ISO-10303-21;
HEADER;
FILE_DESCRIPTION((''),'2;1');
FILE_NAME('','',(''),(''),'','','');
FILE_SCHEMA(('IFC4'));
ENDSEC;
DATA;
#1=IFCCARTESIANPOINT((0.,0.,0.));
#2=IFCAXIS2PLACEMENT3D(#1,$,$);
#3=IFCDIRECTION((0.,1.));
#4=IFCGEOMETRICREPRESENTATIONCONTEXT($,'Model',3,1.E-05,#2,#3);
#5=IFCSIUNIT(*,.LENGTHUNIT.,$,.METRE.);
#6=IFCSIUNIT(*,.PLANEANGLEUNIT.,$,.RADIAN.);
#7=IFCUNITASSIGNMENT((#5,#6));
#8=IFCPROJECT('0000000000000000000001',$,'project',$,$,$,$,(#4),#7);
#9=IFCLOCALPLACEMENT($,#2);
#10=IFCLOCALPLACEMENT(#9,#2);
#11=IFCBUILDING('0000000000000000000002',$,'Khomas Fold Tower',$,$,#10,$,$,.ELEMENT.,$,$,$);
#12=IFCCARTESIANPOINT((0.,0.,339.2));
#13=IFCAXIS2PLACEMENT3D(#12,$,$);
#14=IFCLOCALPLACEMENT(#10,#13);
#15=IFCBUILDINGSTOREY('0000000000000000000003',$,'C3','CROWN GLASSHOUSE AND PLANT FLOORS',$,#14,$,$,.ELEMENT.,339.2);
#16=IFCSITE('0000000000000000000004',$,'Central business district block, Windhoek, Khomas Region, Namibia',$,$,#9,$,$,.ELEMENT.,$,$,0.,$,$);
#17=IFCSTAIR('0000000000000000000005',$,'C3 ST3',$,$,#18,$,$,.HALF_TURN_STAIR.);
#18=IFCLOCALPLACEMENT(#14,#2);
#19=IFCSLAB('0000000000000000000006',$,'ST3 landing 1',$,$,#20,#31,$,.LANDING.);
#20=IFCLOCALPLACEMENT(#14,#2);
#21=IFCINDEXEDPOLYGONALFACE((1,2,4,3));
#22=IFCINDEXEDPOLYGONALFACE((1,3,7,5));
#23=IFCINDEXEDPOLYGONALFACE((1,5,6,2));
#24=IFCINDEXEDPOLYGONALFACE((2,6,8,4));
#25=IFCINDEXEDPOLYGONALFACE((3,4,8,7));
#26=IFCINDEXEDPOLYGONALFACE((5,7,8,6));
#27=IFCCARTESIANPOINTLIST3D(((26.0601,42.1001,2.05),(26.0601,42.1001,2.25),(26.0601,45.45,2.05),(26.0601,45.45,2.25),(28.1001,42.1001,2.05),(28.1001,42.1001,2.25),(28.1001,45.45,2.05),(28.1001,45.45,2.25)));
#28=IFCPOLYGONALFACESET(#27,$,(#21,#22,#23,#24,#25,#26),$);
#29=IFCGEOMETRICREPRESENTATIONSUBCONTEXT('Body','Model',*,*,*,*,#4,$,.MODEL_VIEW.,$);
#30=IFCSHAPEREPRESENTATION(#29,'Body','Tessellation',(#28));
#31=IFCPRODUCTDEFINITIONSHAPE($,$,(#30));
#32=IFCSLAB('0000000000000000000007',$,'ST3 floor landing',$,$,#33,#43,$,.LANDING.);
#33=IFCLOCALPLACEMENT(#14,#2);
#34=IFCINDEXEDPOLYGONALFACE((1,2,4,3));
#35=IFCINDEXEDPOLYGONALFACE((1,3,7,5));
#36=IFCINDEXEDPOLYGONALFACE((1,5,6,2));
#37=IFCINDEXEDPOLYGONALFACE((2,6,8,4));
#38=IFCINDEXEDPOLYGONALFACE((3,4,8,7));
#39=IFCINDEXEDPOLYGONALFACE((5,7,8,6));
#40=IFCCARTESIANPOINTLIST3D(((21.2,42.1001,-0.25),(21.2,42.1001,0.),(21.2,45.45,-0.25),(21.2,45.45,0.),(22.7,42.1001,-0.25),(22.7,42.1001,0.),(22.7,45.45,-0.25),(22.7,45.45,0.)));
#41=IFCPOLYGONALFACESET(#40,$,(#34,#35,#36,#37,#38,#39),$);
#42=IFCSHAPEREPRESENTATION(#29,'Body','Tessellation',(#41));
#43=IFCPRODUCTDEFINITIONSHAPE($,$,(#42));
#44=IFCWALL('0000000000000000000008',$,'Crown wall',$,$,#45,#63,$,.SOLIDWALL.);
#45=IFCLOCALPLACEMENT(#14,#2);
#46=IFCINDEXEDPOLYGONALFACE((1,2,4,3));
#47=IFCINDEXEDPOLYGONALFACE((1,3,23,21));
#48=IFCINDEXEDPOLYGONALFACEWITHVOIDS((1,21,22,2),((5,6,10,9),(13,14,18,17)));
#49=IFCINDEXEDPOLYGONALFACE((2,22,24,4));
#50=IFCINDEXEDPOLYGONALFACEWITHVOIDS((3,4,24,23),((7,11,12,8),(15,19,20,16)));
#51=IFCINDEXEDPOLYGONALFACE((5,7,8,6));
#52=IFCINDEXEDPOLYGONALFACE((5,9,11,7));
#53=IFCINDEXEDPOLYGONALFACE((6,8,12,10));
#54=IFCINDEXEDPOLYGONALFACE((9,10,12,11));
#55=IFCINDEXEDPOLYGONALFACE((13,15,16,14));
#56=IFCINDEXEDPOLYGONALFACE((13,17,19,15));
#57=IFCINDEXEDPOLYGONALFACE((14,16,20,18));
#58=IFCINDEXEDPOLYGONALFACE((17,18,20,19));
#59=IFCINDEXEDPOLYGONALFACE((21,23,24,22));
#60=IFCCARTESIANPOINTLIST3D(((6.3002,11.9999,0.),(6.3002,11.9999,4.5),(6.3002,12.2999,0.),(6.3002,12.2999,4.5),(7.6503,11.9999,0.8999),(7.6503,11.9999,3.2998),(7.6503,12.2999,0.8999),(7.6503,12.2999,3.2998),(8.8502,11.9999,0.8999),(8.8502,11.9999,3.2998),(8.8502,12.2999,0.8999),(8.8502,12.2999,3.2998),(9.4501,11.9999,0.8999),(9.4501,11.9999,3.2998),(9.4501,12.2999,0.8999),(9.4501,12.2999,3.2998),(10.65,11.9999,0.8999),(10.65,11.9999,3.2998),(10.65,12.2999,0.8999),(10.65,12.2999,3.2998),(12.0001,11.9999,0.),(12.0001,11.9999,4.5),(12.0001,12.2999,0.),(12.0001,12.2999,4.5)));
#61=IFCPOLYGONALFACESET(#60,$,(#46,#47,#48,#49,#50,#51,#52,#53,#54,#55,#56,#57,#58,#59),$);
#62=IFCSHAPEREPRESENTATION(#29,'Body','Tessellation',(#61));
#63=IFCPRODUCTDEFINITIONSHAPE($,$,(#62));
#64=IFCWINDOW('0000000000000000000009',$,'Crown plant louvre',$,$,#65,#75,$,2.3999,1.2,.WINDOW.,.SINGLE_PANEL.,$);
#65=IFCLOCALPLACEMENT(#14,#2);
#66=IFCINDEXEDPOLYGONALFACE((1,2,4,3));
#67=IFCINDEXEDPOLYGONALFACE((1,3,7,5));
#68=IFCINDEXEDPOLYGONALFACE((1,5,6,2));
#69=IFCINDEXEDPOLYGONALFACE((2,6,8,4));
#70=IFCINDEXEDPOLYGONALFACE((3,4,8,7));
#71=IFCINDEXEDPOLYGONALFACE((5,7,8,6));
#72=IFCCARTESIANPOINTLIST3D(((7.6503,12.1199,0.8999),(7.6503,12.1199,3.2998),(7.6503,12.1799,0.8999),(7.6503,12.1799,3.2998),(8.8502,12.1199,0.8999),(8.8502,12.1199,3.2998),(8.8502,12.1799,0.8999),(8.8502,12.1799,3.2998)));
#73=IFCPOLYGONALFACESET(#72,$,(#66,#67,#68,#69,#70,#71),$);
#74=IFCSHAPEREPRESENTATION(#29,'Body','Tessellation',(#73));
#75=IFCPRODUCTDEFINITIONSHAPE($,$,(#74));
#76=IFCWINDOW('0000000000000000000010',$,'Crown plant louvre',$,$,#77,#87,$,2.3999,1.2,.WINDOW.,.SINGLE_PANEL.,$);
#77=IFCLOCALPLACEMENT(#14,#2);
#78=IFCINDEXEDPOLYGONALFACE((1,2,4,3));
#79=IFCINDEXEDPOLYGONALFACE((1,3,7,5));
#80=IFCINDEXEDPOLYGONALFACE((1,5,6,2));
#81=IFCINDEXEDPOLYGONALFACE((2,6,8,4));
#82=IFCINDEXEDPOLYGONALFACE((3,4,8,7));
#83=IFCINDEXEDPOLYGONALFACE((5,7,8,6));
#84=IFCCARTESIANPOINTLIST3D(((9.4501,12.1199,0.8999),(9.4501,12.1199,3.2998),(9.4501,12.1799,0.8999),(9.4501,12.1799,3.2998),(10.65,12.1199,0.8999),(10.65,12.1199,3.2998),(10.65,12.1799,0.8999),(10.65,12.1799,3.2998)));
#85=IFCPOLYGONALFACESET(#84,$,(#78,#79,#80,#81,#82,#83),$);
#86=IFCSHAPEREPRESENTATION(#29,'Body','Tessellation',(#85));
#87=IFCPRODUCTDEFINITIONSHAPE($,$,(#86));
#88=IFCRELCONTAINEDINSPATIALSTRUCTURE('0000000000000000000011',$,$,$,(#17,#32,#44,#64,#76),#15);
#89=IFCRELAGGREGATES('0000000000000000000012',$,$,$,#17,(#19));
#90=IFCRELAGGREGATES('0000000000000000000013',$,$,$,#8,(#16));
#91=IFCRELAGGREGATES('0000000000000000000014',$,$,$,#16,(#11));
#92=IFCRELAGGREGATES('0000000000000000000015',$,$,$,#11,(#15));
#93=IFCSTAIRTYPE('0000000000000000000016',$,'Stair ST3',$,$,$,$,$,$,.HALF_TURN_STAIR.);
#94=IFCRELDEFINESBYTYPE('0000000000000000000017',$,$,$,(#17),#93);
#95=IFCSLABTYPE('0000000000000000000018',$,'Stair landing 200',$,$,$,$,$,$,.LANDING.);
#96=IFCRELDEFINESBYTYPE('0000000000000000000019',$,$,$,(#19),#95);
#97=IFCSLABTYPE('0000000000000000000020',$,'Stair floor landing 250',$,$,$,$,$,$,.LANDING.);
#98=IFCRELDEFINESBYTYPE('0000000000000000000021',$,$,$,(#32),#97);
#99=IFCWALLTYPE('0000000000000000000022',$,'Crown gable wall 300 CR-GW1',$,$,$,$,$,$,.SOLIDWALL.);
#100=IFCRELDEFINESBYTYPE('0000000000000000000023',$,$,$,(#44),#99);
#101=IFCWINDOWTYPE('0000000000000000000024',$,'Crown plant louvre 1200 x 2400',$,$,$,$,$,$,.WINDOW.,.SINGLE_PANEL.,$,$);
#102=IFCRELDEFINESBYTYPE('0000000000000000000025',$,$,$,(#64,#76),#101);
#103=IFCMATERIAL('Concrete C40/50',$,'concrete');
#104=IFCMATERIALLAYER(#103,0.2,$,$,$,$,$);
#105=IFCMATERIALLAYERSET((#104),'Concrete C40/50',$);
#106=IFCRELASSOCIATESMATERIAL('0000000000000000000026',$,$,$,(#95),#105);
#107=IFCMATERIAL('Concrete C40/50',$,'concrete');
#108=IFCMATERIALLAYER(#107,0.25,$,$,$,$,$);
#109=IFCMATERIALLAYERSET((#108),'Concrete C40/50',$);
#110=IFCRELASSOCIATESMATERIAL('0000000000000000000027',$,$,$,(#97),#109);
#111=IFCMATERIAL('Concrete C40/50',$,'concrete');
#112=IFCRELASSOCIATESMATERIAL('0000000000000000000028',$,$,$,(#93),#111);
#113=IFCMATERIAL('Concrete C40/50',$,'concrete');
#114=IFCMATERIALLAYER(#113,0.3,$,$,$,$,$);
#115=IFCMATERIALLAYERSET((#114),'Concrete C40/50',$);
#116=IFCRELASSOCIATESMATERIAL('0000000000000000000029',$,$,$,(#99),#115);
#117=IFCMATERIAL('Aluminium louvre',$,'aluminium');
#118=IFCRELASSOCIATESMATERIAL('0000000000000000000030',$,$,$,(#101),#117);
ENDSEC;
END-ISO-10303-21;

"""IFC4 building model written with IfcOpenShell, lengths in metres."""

from ifc_helpers import new_model, si_unit, direction, frame, frame_2d, origin, place, context, subcontext, project, spatial, polyline, rectangle, outline, extrude, source, transform, mapped, material, layer, layer_set, type_object, element, fill, aggregate, save


model = new_model("IFC4")

# Units and contexts
model_context = context("Model", 3, precision=1e-05, world=origin(), true_north=direction((0.0, 1.0)))
body_context = subcontext(model_context, "Body", "Model", "MODEL_VIEW")
ifc_project = project(units=[si_unit("LENGTHUNIT", "METRE"), si_unit("PLANEANGLEUNIT", "RADIAN")], contexts=[model_context])

# Site, building, storey
site_placement = place(None, origin())
site = spatial("IfcSite", under=ifc_project, at=site_placement, Name="Central business district block, Windhoek, Khomas Region, Namibia", CompositionType="ELEMENT", RefElevation=0.0)
building_placement = place(site_placement, origin())
building = spatial("IfcBuilding", under=site, at=building_placement, Name="Khomas Fold Tower", CompositionType="ELEMENT")
storey_placement = place(building_placement, frame((0.0, 0.0, 339.2)))
storey = spatial("IfcBuildingStorey", under=building, at=storey_placement, Name="C3", Description="CROWN GLASSHOUSE AND PLANT FLOORS", CompositionType="ELEMENT", Elevation=339.2)

# Shared definitions
ifc_material_1 = material(Name="Concrete C40/50", Category="concrete")
ifc_layer_1 = layer(ifc_material_1, 0.2)
ifc_layer_set_1 = layer_set([ifc_layer_1], Name="Concrete C40/50")
slab_type_1 = type_object("IfcSlabType", Name="Stair landing 200", PredefinedType="LANDING", material=ifc_layer_set_1)

# Shared definitions
ifc_material_2 = material(Name="Concrete C40/50", Category="concrete")
ifc_layer_2 = layer(ifc_material_2, 0.25)
ifc_layer_set_2 = layer_set([ifc_layer_2], Name="Concrete C40/50")
slab_type_2 = type_object("IfcSlabType", Name="Stair floor landing 250", PredefinedType="LANDING", material=ifc_layer_set_2)

# Stair, slab
ifc_material_3 = material(Name="Concrete C40/50", Category="concrete")
stair_type_1 = type_object("IfcStairType", Name="Stair ST3", PredefinedType="HALF_TURN_STAIR", material=ifc_material_3)
stair_1_placement = place(storey_placement, origin())
stair_1 = element("IfcStair", 1, at=stair_1_placement, inside=storey, type_object=stair_type_1, Name="C3 ST3", PredefinedType="HALF_TURN_STAIR")
shared_shape_1 = source(origin(), body_context, "Body", "SweptSolid", [
    extrude(outline(polyline([(26.0601, 42.1001), (28.1001, 42.1001), (28.1001, 45.45), (26.0601, 45.45), (26.0601, 42.1001)])), origin(), (0.0, 0.0, 1.0), 0.2),
])
slab_1_placement = place(storey_placement, frame((0.0, 0.0, 2.05)))
slab_1 = element("IfcSlab", 2, at=slab_1_placement, type_object=slab_type_1, Name="ST3 landing 1", PredefinedType="LANDING", context=body_context, shape_type="MappedRepresentation", body=[
    mapped(shared_shape_1, transform((0.0, 0.0, 0.0))),
])
aggregate(stair_1, [slab_1])

# Slab
shared_shape_2 = source(origin(), body_context, "Body", "SweptSolid", [
    extrude(outline(polyline([(21.2, 45.45), (22.7, 45.45), (22.7, 42.1001), (21.2, 42.1001), (21.2, 45.45)])), origin(), (0.0, 0.0, 1.0), 0.25),
])
slab_2_placement = place(storey_placement, frame((0.0, 0.0, -0.25)))
element("IfcSlab", 3, at=slab_2_placement, inside=storey, type_object=slab_type_2, Name="ST3 floor landing", PredefinedType="LANDING", context=body_context, shape_type="MappedRepresentation", body=[
    mapped(shared_shape_2, transform((0.0, 0.0, 0.0))),
])

# Wall, openings, windows
ifc_material_4 = material(Name="Concrete C40/50", Category="concrete")
ifc_layer_3 = layer(ifc_material_4, 0.3)
ifc_layer_set_3 = layer_set([ifc_layer_3], Name="Concrete C40/50")
wall_type = type_object("IfcWallType", Name="Crown gable wall 300 CR-GW1", PredefinedType="SOLIDWALL", material=ifc_layer_set_3)
shared_shape_3 = source(origin(), body_context, "Body", "SweptSolid", [
    extrude(rectangle(XDim=5.7, YDim=0.3, at=frame_2d((2.8501, 0.0))), origin(), (0.0, 0.0, 1.0), 4.5),
])
wall_placement = place(storey_placement, frame((6.3, 12.1499, 0.0), z_axis=(0.0, 0.0, 1.0), x_axis=(1.0, 0.0, 0.0)))
wall = element("IfcWall", 4, at=wall_placement, inside=storey, type_object=wall_type, Name="Crown wall", PredefinedType="SOLIDWALL", context=body_context, shape_type="MappedRepresentation", body=[
    mapped(shared_shape_3, transform((0.0, 0.0, 0.0))),
])
shared_shape_4 = source(origin(), body_context, "Body", "SweptSolid", [
    extrude(rectangle(XDim=1.2, YDim=2.3999, at=frame_2d((0.6001, 1.2))), frame((0.0, 0.1599, 0.0), z_axis=(0.0, -1.0, 0.0), x_axis=(1.0, 0.0, 0.0)), (0.0, 0.0, 1.0), 0.3201),
])
opening_1_placement = place(wall_placement, frame((1.3501, 0.0, 0.8999)))
opening_1 = element("IfcOpeningElement", 5, at=opening_1_placement, cuts=wall, PredefinedType="OPENING", context=body_context, shape_type="MappedRepresentation", body=[
    mapped(shared_shape_4, transform((0.0, 0.0, 0.0))),
])
opening_2_placement = place(wall_placement, frame((3.1499, 0.0, 0.8999)))
opening_2 = element("IfcOpeningElement", 6, at=opening_2_placement, cuts=wall, PredefinedType="OPENING", context=body_context, shape_type="MappedRepresentation", body=[
    mapped(shared_shape_4, transform((0.0, 0.0, 0.0))),
])
ifc_material_5 = material(Name="Aluminium louvre", Category="aluminium")
window_type = type_object("IfcWindowType", Name="Crown plant louvre 1200 x 2400", PartitioningType="SINGLE_PANEL", PredefinedType="WINDOW", material=ifc_material_5)
shared_shape_5 = source(origin(), body_context, "Body", "SweptSolid", [
    extrude(rectangle(XDim=1.2, YDim=2.3999, at=frame_2d((0.6001, 1.2))), frame((0.0, 0.03, 0.0), z_axis=(0.0, -1.0, 0.0), x_axis=(1.0, 0.0, 0.0)), (0.0, 0.0, 1.0), 0.0601),
])
window_1_placement = place(opening_1_placement, origin())
window_1 = element("IfcWindow", 7, at=window_1_placement, inside=storey, type_object=window_type, Name="Crown plant louvre", OverallHeight=2.3999, OverallWidth=1.2, PartitioningType="SINGLE_PANEL", PredefinedType="WINDOW", context=body_context, shape_type="MappedRepresentation", body=[
    mapped(shared_shape_5, transform((0.0, 0.0, 0.0))),
])
fill(opening_1, window_1)
window_2_placement = place(opening_2_placement, origin())
window_2 = element("IfcWindow", 8, at=window_2_placement, inside=storey, type_object=window_type, Name="Crown plant louvre", OverallHeight=2.3999, OverallWidth=1.2, PartitioningType="SINGLE_PANEL", PredefinedType="WINDOW", context=body_context, shape_type="MappedRepresentation", body=[
    mapped(shared_shape_5, transform((0.0, 0.0, 0.0))),
])
fill(opening_2, window_2)

save(model, "model.ifc")
